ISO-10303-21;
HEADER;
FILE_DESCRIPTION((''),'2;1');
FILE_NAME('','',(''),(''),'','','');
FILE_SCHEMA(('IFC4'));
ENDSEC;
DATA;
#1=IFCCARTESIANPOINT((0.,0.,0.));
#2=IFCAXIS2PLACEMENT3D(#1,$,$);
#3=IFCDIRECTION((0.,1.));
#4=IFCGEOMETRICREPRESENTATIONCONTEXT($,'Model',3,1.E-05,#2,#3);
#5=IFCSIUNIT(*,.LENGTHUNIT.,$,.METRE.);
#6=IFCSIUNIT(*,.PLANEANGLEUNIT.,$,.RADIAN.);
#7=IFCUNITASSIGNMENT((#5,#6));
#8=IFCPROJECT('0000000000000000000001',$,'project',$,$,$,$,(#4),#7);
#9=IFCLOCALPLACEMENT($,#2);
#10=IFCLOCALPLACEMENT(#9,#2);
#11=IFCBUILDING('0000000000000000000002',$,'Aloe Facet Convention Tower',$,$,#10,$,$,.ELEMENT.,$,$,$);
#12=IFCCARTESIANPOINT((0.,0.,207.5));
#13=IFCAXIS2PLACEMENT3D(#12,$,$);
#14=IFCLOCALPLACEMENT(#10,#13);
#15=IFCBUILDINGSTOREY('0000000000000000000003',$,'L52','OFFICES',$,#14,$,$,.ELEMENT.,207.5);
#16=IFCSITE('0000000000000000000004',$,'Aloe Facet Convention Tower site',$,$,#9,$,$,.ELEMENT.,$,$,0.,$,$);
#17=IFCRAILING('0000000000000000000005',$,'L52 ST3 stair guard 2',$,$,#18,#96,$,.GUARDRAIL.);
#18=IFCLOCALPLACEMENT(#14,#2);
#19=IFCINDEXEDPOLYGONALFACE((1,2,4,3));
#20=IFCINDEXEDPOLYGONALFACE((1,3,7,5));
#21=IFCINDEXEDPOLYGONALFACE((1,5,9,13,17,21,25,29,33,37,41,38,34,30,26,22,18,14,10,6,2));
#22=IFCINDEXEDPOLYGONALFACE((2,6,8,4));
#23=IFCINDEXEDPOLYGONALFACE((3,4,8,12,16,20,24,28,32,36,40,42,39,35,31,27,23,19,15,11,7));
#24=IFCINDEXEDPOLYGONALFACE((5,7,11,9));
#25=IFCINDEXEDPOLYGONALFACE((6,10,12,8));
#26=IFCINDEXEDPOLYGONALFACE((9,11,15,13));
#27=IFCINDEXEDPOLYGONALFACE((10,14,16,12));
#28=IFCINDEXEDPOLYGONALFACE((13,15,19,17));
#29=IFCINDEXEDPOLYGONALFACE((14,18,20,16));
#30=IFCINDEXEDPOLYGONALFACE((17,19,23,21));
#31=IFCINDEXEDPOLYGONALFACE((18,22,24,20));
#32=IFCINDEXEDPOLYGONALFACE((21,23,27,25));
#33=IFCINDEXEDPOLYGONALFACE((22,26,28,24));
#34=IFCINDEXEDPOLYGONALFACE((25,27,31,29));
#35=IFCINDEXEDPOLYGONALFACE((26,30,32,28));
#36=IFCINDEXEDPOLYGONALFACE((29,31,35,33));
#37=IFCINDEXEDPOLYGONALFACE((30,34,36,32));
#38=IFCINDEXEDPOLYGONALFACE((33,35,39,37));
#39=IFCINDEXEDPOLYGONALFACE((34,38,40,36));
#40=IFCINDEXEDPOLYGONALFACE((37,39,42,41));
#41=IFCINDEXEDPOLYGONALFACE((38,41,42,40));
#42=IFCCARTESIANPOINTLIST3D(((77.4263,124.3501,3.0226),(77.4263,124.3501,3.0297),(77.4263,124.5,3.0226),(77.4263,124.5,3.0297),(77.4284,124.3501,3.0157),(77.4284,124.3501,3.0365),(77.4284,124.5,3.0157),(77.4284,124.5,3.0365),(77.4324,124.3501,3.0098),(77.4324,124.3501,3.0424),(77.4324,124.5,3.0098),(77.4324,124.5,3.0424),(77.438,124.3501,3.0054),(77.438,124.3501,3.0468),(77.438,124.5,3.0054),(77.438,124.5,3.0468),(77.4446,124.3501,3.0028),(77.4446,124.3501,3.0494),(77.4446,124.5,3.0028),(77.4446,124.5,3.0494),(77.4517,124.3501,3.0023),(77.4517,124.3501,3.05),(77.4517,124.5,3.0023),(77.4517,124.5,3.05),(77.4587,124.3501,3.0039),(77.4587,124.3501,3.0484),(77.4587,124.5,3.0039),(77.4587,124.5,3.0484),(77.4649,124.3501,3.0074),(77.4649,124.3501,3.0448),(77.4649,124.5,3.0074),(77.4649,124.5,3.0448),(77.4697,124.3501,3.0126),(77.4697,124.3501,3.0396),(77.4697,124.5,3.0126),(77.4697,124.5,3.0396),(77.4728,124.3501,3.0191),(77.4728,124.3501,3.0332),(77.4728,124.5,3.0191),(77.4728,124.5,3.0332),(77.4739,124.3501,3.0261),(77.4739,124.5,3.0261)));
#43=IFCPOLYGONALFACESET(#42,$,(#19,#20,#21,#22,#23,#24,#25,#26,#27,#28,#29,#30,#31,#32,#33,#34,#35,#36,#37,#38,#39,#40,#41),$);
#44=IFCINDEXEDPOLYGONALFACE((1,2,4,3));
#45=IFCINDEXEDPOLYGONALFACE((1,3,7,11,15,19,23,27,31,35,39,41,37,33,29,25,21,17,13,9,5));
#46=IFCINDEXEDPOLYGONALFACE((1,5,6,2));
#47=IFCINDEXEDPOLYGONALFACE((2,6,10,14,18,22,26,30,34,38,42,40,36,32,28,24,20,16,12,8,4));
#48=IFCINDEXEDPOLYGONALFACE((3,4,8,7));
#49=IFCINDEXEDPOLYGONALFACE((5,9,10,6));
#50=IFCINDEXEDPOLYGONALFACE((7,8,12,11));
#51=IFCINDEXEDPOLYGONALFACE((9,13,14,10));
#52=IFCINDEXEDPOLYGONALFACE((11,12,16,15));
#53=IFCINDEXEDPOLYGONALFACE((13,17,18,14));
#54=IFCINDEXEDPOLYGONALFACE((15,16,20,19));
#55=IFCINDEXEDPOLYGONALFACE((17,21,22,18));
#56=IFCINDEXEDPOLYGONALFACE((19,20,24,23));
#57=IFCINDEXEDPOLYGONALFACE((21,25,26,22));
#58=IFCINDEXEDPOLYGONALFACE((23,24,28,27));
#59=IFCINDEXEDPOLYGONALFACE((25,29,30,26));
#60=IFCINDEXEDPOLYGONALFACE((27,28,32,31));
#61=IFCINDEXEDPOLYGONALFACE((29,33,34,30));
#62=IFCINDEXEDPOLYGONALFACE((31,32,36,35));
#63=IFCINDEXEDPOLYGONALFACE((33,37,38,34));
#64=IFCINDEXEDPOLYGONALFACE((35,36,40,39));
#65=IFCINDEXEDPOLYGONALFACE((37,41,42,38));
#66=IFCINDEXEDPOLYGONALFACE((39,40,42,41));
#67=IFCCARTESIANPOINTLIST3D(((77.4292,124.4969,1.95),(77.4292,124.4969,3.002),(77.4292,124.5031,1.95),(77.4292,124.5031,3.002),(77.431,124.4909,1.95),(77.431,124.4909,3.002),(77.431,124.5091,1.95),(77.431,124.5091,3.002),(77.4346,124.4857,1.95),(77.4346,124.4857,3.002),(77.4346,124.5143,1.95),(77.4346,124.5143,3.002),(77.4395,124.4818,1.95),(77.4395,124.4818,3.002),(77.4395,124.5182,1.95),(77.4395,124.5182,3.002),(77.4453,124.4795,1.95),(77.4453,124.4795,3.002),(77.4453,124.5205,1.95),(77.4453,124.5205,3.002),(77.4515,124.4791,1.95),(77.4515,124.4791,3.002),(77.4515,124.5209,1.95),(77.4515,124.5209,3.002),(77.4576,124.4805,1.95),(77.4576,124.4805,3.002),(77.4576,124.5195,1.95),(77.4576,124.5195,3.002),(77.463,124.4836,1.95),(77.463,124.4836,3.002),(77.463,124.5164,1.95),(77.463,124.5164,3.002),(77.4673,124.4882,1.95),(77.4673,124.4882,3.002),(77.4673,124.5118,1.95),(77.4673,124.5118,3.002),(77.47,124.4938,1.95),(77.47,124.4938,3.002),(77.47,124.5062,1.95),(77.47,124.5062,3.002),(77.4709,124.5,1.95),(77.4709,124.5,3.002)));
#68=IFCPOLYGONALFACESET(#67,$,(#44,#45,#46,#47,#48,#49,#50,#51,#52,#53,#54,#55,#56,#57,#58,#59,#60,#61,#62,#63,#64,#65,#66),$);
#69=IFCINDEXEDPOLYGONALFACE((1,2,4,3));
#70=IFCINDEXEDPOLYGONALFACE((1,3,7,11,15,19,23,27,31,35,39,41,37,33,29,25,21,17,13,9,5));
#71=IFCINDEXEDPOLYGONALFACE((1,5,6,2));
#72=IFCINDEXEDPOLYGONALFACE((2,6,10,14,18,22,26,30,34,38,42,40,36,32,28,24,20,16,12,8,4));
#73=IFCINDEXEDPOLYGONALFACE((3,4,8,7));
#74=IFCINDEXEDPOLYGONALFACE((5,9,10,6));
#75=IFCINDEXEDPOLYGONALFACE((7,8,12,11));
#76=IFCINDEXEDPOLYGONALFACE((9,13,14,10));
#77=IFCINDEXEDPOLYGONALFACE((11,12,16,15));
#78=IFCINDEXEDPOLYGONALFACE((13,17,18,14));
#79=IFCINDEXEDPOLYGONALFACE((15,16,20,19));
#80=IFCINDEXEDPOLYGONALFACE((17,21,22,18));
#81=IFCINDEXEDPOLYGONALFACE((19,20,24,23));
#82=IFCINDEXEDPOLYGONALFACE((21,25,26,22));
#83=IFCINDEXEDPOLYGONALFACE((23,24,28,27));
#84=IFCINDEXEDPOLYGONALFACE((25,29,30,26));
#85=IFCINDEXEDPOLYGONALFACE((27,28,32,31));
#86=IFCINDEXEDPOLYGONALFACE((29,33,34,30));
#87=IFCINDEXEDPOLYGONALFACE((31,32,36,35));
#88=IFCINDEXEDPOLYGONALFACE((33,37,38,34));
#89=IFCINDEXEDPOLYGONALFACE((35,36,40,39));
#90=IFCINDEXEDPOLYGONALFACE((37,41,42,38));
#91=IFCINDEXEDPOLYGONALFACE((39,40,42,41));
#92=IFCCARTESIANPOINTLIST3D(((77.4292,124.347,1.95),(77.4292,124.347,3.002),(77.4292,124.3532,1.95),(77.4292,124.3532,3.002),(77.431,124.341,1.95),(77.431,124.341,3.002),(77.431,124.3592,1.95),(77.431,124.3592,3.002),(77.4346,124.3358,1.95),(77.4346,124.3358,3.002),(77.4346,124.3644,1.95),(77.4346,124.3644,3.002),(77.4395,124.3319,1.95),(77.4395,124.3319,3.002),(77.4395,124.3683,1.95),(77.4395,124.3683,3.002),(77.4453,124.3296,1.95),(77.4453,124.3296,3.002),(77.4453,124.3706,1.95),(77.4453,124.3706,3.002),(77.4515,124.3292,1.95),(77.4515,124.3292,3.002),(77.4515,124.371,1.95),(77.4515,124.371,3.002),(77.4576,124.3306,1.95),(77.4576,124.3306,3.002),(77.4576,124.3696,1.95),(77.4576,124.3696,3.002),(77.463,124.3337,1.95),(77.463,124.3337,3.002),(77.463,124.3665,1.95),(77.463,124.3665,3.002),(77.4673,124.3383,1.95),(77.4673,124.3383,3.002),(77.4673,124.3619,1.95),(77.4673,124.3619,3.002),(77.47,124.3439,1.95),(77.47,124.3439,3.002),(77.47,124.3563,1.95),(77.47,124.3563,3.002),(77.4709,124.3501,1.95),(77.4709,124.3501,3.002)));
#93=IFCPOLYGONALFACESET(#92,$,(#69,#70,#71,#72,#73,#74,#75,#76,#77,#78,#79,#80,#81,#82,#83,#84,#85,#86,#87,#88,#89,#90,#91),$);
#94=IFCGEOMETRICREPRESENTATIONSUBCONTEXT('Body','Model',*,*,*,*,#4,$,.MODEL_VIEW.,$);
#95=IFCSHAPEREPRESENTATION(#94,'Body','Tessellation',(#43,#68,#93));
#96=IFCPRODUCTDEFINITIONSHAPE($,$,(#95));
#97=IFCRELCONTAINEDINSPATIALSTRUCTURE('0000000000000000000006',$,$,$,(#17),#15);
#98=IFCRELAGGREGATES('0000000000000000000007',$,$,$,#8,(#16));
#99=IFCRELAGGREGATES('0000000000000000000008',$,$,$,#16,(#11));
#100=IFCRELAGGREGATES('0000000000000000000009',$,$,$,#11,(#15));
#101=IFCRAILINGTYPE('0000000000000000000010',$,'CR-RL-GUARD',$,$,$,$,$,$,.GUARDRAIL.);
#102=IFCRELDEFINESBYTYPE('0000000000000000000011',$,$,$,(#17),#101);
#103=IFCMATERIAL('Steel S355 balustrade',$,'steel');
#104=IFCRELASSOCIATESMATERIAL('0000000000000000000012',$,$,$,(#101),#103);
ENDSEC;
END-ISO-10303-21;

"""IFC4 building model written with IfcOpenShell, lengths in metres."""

from ifc_helpers import new_model, si_unit, direction, frame, origin, origin_2d, place, context, subcontext, project, spatial, circle, extrude, material, type_object, element, save


model = new_model("IFC4")

# Units and contexts
model_context = context("Model", 3, precision=1e-05, world=origin(), true_north=direction((0.0, 1.0)))
body_context = subcontext(model_context, "Body", "Model", "MODEL_VIEW")
ifc_project = project(units=[si_unit("LENGTHUNIT", "METRE"), si_unit("PLANEANGLEUNIT", "RADIAN")], contexts=[model_context])

# Site, building, storey
site_placement = place(None, origin())
site = spatial("IfcSite", under=ifc_project, at=site_placement, Name="Aloe Facet Convention Tower site", CompositionType="ELEMENT", RefElevation=0.0)
building_placement = place(site_placement, origin())
building = spatial("IfcBuilding", under=site, at=building_placement, Name="Aloe Facet Convention Tower", CompositionType="ELEMENT")
storey_placement = place(building_placement, frame((0.0, 0.0, 207.5)))
storey = spatial("IfcBuildingStorey", under=building, at=storey_placement, Name="L52", Description="OFFICES", CompositionType="ELEMENT", Elevation=207.5)

# Railing
ifc_material_1 = material(Name="Steel S355 balustrade", Category="steel")
railing_type_1 = type_object("IfcRailingType", Name="CR-RL-GUARD", PredefinedType="GUARDRAIL", material=ifc_material_1)
railing_1_placement = place(storey_placement, frame((77.45, 124.5, 1.95)))
element("IfcRailing", 1, at=railing_1_placement, inside=storey, type_object=railing_type_1, Name="L52 ST3 stair guard 2", PredefinedType="GUARDRAIL", context=body_context, shape_type="SweptSolid", body=[
    extrude(circle(Radius=0.0239, at=origin_2d()), frame((0.0, 0.0, 1.0762), z_axis=(0.0, -1.0, 0.0), x_axis=(1.0, 0.0, 0.0)), (0.0, 0.0, 1.0), 0.1499),
    extrude(circle(Radius=0.021, at=origin_2d()), origin(), (0.0, 0.0, 1.0), 1.052),
    extrude(circle(Radius=0.021, at=origin_2d()), frame((0.0, -0.1499, 0.0)), (0.0, 0.0, 1.0), 1.052),
])

save(model, "model.ifc")
